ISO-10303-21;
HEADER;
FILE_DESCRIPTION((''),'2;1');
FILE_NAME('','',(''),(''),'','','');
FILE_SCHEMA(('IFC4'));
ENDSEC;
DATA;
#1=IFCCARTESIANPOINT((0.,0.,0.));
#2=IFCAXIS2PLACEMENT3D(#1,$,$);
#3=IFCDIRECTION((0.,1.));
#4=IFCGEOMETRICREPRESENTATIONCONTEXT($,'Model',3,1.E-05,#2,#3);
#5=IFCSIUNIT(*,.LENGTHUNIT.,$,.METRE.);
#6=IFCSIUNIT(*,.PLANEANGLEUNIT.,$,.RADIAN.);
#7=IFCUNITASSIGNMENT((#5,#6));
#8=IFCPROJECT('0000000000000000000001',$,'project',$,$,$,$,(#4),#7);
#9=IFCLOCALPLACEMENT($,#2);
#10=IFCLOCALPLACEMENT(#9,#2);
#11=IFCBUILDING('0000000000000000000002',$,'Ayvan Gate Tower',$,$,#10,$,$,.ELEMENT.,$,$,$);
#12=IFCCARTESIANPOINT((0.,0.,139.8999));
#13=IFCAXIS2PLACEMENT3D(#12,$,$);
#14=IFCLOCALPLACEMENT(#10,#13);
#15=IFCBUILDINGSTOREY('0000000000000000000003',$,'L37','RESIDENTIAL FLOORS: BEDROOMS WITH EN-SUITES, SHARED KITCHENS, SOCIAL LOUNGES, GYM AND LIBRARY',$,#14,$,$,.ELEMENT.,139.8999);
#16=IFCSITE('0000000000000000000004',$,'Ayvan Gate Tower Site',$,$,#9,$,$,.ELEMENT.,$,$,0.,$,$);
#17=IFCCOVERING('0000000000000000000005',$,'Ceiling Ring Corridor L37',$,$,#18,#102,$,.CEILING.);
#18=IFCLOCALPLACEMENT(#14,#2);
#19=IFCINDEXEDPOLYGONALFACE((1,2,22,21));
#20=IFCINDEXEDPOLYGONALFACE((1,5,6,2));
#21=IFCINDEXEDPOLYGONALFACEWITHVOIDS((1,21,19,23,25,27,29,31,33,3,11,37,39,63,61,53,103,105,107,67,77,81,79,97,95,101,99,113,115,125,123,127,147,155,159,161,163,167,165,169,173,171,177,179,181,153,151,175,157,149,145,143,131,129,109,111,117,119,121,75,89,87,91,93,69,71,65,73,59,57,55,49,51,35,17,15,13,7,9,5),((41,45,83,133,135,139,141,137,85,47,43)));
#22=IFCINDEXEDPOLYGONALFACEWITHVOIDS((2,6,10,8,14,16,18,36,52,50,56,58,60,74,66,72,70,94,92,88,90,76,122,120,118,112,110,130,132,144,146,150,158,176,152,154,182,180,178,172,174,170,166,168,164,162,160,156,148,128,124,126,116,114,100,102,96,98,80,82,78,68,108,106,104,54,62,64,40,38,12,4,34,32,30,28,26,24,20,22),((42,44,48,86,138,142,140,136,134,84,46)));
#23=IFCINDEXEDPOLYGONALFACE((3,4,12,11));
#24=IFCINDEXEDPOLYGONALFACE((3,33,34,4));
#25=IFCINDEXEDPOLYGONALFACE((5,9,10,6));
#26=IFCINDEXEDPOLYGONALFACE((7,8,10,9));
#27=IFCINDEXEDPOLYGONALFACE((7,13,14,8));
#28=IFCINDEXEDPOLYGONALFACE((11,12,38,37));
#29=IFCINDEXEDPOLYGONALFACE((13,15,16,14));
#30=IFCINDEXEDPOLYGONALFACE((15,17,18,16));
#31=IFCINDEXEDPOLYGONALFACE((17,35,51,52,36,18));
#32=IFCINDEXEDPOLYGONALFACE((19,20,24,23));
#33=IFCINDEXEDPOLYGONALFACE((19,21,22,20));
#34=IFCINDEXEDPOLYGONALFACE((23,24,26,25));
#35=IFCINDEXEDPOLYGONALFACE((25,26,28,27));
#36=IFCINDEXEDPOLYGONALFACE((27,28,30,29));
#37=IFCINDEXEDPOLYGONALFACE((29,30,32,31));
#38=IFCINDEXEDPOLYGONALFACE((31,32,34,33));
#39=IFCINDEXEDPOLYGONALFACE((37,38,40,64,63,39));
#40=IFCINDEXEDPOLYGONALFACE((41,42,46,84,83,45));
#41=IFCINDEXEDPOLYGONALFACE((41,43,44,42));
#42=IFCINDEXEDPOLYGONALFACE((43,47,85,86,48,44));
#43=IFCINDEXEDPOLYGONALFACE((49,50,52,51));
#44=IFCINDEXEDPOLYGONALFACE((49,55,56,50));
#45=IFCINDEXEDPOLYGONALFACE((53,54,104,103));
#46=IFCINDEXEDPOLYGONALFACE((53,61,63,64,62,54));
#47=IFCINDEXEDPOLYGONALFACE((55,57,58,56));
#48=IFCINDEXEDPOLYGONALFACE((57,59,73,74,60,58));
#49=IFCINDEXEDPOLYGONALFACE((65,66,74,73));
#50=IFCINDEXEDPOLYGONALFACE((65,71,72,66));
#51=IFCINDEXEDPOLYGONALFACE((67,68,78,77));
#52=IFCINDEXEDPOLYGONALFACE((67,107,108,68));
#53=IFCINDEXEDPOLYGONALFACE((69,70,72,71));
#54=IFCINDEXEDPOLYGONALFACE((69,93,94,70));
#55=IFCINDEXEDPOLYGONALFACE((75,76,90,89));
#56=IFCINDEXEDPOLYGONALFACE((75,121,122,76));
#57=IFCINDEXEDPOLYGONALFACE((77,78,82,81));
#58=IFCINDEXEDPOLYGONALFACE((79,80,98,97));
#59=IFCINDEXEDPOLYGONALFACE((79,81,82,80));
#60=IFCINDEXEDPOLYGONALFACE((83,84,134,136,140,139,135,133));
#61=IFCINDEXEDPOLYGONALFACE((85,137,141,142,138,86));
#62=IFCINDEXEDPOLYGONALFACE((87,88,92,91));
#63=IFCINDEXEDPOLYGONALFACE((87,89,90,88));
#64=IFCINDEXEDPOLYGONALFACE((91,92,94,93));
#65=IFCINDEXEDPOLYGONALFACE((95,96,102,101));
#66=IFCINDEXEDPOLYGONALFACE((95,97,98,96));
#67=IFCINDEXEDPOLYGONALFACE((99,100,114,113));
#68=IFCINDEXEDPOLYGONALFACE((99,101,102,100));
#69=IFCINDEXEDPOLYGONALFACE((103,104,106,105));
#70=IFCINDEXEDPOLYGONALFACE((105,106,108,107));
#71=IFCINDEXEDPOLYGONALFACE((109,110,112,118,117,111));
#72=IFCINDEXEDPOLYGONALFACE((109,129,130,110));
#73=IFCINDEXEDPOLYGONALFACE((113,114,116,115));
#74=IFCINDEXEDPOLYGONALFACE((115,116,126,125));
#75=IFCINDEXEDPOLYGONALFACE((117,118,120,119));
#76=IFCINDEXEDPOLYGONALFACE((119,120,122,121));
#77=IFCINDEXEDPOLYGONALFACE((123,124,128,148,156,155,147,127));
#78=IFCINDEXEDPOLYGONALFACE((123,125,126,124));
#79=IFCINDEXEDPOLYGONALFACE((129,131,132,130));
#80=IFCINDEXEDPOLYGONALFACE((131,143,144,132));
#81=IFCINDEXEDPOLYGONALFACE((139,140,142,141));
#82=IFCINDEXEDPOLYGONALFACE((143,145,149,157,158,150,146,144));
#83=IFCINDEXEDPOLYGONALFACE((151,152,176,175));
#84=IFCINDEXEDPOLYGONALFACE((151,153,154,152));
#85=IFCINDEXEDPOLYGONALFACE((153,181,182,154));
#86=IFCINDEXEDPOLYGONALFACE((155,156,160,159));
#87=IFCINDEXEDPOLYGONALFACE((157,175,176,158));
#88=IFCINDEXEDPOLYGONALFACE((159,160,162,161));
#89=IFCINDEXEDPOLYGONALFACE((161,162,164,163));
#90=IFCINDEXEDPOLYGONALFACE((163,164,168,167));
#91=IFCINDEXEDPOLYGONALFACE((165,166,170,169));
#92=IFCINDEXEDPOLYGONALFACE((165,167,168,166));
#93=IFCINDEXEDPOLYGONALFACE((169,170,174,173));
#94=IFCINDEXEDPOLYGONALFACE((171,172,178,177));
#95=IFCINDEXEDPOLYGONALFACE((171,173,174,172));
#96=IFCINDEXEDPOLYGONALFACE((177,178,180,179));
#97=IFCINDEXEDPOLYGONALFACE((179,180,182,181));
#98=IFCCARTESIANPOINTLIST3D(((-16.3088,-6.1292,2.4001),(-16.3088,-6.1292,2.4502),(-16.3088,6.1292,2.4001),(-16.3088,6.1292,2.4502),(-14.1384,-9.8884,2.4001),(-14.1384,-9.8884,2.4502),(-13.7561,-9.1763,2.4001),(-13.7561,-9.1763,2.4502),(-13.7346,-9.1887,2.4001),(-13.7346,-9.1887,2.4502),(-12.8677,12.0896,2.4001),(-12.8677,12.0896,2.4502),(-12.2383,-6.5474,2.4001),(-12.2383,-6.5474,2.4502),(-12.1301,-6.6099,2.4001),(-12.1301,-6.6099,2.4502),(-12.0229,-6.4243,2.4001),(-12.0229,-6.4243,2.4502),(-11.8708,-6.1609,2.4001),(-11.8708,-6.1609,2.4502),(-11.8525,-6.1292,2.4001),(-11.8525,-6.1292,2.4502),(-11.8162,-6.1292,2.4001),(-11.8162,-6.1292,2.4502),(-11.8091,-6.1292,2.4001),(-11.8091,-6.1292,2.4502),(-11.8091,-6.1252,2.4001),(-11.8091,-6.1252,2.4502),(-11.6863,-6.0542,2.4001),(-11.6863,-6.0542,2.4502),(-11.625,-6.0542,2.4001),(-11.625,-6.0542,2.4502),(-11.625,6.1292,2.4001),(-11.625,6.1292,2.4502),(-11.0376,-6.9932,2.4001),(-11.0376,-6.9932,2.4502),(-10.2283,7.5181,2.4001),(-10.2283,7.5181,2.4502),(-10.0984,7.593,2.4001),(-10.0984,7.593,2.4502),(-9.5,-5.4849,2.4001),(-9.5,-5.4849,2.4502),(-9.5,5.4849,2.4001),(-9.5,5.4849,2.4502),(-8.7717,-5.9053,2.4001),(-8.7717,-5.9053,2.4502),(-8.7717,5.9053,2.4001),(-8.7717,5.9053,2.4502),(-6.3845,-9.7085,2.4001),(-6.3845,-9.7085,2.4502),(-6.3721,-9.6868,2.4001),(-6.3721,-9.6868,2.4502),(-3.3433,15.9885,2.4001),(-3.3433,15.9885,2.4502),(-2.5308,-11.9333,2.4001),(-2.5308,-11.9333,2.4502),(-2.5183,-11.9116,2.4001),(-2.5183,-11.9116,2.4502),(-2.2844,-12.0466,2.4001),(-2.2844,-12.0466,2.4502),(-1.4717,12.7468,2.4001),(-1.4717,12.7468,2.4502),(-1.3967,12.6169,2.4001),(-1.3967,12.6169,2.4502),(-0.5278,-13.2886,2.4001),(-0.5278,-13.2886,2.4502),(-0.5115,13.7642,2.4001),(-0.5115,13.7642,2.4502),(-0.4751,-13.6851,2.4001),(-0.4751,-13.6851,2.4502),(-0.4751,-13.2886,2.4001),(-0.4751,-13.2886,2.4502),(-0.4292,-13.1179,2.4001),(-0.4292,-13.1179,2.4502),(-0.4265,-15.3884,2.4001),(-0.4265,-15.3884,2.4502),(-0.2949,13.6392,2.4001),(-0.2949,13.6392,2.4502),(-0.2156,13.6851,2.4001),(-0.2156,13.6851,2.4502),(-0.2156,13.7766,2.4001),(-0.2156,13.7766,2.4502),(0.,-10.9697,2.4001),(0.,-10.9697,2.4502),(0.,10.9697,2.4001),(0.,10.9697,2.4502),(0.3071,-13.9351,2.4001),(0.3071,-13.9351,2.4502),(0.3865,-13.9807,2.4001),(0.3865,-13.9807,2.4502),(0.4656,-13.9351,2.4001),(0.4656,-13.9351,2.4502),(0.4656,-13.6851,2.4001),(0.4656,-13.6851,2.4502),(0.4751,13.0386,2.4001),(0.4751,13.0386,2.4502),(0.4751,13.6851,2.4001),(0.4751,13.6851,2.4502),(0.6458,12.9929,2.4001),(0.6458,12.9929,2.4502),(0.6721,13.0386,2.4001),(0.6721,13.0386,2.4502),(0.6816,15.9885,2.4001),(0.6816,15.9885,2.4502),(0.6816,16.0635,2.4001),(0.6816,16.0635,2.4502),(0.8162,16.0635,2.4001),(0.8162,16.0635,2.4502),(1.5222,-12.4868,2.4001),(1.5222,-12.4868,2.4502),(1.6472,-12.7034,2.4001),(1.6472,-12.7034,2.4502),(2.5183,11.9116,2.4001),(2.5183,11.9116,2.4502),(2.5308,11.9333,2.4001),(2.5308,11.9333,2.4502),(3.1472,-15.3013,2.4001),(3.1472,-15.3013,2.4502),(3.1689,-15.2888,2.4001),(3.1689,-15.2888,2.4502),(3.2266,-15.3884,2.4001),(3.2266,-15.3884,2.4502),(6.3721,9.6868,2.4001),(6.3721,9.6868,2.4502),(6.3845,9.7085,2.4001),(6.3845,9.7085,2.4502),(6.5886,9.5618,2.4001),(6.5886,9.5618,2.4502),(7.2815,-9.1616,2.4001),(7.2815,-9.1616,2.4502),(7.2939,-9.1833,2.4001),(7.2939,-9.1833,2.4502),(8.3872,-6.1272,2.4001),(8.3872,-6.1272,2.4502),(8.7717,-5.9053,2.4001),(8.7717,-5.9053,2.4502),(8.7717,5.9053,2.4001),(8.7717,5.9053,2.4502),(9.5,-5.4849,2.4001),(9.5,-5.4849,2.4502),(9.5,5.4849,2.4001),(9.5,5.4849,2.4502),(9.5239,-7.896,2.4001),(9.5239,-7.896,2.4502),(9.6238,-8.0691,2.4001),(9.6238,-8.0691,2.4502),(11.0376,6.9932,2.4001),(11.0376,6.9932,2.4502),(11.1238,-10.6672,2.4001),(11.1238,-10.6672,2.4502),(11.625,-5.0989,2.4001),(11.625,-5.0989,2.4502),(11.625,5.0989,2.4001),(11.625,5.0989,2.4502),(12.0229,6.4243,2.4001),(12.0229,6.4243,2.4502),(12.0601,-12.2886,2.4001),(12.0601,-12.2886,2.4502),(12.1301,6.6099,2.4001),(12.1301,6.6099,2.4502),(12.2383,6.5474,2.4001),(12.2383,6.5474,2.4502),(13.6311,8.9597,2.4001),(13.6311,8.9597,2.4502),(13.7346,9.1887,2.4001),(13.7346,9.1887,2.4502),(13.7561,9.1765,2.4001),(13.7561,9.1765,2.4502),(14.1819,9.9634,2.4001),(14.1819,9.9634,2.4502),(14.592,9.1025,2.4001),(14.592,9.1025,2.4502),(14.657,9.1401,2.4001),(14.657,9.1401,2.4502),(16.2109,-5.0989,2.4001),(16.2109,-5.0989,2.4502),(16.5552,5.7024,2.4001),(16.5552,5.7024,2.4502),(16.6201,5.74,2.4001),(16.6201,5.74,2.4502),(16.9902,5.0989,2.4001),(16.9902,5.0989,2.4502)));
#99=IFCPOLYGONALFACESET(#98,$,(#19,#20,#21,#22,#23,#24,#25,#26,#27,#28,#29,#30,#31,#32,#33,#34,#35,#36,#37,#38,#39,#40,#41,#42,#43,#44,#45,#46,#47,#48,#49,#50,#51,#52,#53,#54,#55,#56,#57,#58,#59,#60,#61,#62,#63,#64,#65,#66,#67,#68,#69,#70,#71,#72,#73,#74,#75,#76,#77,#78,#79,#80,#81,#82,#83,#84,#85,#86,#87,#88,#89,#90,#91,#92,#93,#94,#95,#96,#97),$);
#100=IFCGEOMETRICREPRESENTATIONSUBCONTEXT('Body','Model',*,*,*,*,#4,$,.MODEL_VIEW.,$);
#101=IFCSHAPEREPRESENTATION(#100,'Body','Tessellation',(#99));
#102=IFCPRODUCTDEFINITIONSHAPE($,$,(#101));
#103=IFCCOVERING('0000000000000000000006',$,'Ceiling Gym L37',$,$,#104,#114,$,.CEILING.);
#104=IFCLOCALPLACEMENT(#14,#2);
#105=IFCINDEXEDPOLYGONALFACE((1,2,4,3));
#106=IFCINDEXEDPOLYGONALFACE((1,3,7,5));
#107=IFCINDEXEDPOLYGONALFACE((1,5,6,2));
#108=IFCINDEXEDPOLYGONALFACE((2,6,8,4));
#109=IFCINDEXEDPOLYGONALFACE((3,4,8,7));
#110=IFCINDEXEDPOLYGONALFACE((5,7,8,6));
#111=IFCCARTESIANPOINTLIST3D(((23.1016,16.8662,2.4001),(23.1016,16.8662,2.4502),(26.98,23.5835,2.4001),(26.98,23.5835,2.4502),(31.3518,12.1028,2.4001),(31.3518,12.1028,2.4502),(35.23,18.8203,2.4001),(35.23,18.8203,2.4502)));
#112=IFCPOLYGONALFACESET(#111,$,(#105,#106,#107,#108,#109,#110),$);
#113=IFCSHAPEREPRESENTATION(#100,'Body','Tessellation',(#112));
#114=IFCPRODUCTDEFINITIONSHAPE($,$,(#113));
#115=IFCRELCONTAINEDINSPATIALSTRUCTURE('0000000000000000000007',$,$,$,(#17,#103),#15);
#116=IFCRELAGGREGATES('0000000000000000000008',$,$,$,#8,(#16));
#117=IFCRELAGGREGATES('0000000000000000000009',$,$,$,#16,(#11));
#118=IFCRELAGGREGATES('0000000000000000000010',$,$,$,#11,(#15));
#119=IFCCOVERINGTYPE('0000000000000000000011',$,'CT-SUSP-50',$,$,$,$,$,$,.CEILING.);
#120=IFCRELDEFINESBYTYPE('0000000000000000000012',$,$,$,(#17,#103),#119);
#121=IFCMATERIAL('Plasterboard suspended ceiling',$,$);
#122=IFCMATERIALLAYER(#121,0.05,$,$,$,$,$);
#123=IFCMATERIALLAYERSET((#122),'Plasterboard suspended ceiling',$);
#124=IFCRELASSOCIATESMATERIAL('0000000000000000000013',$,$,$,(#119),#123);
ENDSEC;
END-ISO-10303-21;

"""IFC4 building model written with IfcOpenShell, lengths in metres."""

from ifc_helpers import new_model, si_unit, direction, frame, origin, place, context, subcontext, project, spatial, polyline, outline, extrude, material, layer, layer_set, type_object, element, save


model = new_model("IFC4")

# Units and contexts
model_context = context("Model", 3, precision=1e-05, world=origin(), true_north=direction((0.0, 1.0)))
body_context = subcontext(model_context, "Body", "Model", "MODEL_VIEW")
ifc_project = project(units=[si_unit("LENGTHUNIT", "METRE"), si_unit("PLANEANGLEUNIT", "RADIAN")], contexts=[model_context])

# Site, building, storey
site_placement = place(None, origin())
site = spatial("IfcSite", under=ifc_project, at=site_placement, Name="Ayvan Gate Tower Site", CompositionType="ELEMENT", RefElevation=0.0)
building_placement = place(site_placement, origin())
building = spatial("IfcBuilding", under=site, at=building_placement, Name="Ayvan Gate Tower", CompositionType="ELEMENT")
storey_placement = place(building_placement, frame((0.0, 0.0, 139.8999)))
storey = spatial("IfcBuildingStorey", under=building, at=storey_placement, Name="L37", Description="RESIDENTIAL FLOORS: BEDROOMS WITH EN-SUITES, SHARED KITCHENS, SOCIAL LOUNGES, GYM AND LIBRARY", CompositionType="ELEMENT", Elevation=139.8999)

# Coverings
ifc_material_1 = material(Name="Plasterboard suspended ceiling")
ifc_layer_1 = layer(ifc_material_1, 0.05)
ifc_layer_set_1 = layer_set([ifc_layer_1], Name="Plasterboard suspended ceiling")
covering_type = type_object("IfcCoveringType", Name="CT-SUSP-50", PredefinedType="CEILING", material=ifc_layer_set_1)
covering_1_placement = place(storey_placement, frame((0.0, 0.0, 2.4001)))
element("IfcCovering", 1, at=covering_1_placement, inside=storey, type_object=covering_type, Name="Ceiling Ring Corridor L37", PredefinedType="CEILING", context=body_context, shape_type="SweptSolid", body=[
    extrude(outline(polyline([(-14.1384, -9.8884), (-16.3088, -6.1292), (-11.8525, -6.1292), (-11.8708, -6.1609), (-11.8162, -6.1292), (-11.8091, -6.1292), (-11.8091, -6.1252), (-11.6863, -6.0542), (-11.625, -6.0542), (-11.625, 6.1292), (-16.3088, 6.1292), (-12.8677, 12.0896), (-10.2283, 7.5181), (-10.0984, 7.593), (-1.3967, 12.6169), (-1.4717, 12.7468), (-3.3433, 15.9885), (0.6816, 15.9885), (0.6816, 16.0635), (0.8162, 16.0635), (-0.5115, 13.7642), (-0.2949, 13.6392), (-0.2156, 13.7766), (-0.2156, 13.6851), (0.4751, 13.6851), (0.4751, 13.0386), (0.6721, 13.0386), (0.6458, 12.9929), (2.5183, 11.9116), (2.5308, 11.9333), (6.3845, 9.7085), (6.3721, 9.6868), (6.5886, 9.5618), (11.0376, 6.9932), (12.0229, 6.4243), (12.1301, 6.6099), (12.2383, 6.5474), (13.6311, 8.9597), (13.7561, 9.1765), (13.7346, 9.1887), (14.1819, 9.9634), (14.657, 9.1401), (14.592, 9.1025), (16.5552, 5.7024), (16.6201, 5.74), (16.9902, 5.0989), (11.625, 5.0989), (11.625, -5.0989), (16.2109, -5.0989), (12.0601, -12.2886), (11.1238, -10.6672), (9.6238, -8.0691), (9.5239, -7.896), (7.2939, -9.1833), (7.2815, -9.1616), (1.5222, -12.4868), (1.6472, -12.7034), (3.1472, -15.3013), (3.1689, -15.2888), (3.2266, -15.3884), (-0.4265, -15.3884), (0.3865, -13.9807), (0.3071, -13.9351), (0.4656, -13.9351), (0.4656, -13.6851), (-0.4751, -13.6851), (-0.4751, -13.2886), (-0.5278, -13.2886), (-0.4292, -13.1179), (-2.2844, -12.0466), (-2.5183, -11.9116), (-2.5308, -11.9333), (-6.3845, -9.7085), (-6.3721, -9.6868), (-11.0376, -6.9932), (-12.0229, -6.4243), (-12.1301, -6.6099), (-12.2383, -6.5474), (-13.7561, -9.1763), (-13.7346, -9.1887), (-14.1384, -9.8884)]), holes=[polyline([(-8.7717, -5.9053), (0.0, -10.9697), (8.3872, -6.1272), (8.7717, -5.9053), (9.5, -5.4849), (9.5, 5.4849), (8.7717, 5.9053), (0.0, 10.9697), (-8.7717, 5.9053), (-9.5, 5.4849), (-9.5, -5.4849), (-8.7717, -5.9053)])]), origin(), (0.0, 0.0, 1.0), 0.05),
])
covering_2_placement = place(storey_placement, frame((0.0, 0.0, 2.4001)))
element("IfcCovering", 2, at=covering_2_placement, inside=storey, type_object=covering_type, Name="Ceiling Gym L37", PredefinedType="CEILING", context=body_context, shape_type="SweptSolid", body=[
    extrude(outline(polyline([(26.98, 23.5835), (35.23, 18.8203), (31.3518, 12.1028), (23.1016, 16.8662), (26.98, 23.5835)])), origin(), (0.0, 0.0, 1.0), 0.05),
])

save(model, "model.ifc")
